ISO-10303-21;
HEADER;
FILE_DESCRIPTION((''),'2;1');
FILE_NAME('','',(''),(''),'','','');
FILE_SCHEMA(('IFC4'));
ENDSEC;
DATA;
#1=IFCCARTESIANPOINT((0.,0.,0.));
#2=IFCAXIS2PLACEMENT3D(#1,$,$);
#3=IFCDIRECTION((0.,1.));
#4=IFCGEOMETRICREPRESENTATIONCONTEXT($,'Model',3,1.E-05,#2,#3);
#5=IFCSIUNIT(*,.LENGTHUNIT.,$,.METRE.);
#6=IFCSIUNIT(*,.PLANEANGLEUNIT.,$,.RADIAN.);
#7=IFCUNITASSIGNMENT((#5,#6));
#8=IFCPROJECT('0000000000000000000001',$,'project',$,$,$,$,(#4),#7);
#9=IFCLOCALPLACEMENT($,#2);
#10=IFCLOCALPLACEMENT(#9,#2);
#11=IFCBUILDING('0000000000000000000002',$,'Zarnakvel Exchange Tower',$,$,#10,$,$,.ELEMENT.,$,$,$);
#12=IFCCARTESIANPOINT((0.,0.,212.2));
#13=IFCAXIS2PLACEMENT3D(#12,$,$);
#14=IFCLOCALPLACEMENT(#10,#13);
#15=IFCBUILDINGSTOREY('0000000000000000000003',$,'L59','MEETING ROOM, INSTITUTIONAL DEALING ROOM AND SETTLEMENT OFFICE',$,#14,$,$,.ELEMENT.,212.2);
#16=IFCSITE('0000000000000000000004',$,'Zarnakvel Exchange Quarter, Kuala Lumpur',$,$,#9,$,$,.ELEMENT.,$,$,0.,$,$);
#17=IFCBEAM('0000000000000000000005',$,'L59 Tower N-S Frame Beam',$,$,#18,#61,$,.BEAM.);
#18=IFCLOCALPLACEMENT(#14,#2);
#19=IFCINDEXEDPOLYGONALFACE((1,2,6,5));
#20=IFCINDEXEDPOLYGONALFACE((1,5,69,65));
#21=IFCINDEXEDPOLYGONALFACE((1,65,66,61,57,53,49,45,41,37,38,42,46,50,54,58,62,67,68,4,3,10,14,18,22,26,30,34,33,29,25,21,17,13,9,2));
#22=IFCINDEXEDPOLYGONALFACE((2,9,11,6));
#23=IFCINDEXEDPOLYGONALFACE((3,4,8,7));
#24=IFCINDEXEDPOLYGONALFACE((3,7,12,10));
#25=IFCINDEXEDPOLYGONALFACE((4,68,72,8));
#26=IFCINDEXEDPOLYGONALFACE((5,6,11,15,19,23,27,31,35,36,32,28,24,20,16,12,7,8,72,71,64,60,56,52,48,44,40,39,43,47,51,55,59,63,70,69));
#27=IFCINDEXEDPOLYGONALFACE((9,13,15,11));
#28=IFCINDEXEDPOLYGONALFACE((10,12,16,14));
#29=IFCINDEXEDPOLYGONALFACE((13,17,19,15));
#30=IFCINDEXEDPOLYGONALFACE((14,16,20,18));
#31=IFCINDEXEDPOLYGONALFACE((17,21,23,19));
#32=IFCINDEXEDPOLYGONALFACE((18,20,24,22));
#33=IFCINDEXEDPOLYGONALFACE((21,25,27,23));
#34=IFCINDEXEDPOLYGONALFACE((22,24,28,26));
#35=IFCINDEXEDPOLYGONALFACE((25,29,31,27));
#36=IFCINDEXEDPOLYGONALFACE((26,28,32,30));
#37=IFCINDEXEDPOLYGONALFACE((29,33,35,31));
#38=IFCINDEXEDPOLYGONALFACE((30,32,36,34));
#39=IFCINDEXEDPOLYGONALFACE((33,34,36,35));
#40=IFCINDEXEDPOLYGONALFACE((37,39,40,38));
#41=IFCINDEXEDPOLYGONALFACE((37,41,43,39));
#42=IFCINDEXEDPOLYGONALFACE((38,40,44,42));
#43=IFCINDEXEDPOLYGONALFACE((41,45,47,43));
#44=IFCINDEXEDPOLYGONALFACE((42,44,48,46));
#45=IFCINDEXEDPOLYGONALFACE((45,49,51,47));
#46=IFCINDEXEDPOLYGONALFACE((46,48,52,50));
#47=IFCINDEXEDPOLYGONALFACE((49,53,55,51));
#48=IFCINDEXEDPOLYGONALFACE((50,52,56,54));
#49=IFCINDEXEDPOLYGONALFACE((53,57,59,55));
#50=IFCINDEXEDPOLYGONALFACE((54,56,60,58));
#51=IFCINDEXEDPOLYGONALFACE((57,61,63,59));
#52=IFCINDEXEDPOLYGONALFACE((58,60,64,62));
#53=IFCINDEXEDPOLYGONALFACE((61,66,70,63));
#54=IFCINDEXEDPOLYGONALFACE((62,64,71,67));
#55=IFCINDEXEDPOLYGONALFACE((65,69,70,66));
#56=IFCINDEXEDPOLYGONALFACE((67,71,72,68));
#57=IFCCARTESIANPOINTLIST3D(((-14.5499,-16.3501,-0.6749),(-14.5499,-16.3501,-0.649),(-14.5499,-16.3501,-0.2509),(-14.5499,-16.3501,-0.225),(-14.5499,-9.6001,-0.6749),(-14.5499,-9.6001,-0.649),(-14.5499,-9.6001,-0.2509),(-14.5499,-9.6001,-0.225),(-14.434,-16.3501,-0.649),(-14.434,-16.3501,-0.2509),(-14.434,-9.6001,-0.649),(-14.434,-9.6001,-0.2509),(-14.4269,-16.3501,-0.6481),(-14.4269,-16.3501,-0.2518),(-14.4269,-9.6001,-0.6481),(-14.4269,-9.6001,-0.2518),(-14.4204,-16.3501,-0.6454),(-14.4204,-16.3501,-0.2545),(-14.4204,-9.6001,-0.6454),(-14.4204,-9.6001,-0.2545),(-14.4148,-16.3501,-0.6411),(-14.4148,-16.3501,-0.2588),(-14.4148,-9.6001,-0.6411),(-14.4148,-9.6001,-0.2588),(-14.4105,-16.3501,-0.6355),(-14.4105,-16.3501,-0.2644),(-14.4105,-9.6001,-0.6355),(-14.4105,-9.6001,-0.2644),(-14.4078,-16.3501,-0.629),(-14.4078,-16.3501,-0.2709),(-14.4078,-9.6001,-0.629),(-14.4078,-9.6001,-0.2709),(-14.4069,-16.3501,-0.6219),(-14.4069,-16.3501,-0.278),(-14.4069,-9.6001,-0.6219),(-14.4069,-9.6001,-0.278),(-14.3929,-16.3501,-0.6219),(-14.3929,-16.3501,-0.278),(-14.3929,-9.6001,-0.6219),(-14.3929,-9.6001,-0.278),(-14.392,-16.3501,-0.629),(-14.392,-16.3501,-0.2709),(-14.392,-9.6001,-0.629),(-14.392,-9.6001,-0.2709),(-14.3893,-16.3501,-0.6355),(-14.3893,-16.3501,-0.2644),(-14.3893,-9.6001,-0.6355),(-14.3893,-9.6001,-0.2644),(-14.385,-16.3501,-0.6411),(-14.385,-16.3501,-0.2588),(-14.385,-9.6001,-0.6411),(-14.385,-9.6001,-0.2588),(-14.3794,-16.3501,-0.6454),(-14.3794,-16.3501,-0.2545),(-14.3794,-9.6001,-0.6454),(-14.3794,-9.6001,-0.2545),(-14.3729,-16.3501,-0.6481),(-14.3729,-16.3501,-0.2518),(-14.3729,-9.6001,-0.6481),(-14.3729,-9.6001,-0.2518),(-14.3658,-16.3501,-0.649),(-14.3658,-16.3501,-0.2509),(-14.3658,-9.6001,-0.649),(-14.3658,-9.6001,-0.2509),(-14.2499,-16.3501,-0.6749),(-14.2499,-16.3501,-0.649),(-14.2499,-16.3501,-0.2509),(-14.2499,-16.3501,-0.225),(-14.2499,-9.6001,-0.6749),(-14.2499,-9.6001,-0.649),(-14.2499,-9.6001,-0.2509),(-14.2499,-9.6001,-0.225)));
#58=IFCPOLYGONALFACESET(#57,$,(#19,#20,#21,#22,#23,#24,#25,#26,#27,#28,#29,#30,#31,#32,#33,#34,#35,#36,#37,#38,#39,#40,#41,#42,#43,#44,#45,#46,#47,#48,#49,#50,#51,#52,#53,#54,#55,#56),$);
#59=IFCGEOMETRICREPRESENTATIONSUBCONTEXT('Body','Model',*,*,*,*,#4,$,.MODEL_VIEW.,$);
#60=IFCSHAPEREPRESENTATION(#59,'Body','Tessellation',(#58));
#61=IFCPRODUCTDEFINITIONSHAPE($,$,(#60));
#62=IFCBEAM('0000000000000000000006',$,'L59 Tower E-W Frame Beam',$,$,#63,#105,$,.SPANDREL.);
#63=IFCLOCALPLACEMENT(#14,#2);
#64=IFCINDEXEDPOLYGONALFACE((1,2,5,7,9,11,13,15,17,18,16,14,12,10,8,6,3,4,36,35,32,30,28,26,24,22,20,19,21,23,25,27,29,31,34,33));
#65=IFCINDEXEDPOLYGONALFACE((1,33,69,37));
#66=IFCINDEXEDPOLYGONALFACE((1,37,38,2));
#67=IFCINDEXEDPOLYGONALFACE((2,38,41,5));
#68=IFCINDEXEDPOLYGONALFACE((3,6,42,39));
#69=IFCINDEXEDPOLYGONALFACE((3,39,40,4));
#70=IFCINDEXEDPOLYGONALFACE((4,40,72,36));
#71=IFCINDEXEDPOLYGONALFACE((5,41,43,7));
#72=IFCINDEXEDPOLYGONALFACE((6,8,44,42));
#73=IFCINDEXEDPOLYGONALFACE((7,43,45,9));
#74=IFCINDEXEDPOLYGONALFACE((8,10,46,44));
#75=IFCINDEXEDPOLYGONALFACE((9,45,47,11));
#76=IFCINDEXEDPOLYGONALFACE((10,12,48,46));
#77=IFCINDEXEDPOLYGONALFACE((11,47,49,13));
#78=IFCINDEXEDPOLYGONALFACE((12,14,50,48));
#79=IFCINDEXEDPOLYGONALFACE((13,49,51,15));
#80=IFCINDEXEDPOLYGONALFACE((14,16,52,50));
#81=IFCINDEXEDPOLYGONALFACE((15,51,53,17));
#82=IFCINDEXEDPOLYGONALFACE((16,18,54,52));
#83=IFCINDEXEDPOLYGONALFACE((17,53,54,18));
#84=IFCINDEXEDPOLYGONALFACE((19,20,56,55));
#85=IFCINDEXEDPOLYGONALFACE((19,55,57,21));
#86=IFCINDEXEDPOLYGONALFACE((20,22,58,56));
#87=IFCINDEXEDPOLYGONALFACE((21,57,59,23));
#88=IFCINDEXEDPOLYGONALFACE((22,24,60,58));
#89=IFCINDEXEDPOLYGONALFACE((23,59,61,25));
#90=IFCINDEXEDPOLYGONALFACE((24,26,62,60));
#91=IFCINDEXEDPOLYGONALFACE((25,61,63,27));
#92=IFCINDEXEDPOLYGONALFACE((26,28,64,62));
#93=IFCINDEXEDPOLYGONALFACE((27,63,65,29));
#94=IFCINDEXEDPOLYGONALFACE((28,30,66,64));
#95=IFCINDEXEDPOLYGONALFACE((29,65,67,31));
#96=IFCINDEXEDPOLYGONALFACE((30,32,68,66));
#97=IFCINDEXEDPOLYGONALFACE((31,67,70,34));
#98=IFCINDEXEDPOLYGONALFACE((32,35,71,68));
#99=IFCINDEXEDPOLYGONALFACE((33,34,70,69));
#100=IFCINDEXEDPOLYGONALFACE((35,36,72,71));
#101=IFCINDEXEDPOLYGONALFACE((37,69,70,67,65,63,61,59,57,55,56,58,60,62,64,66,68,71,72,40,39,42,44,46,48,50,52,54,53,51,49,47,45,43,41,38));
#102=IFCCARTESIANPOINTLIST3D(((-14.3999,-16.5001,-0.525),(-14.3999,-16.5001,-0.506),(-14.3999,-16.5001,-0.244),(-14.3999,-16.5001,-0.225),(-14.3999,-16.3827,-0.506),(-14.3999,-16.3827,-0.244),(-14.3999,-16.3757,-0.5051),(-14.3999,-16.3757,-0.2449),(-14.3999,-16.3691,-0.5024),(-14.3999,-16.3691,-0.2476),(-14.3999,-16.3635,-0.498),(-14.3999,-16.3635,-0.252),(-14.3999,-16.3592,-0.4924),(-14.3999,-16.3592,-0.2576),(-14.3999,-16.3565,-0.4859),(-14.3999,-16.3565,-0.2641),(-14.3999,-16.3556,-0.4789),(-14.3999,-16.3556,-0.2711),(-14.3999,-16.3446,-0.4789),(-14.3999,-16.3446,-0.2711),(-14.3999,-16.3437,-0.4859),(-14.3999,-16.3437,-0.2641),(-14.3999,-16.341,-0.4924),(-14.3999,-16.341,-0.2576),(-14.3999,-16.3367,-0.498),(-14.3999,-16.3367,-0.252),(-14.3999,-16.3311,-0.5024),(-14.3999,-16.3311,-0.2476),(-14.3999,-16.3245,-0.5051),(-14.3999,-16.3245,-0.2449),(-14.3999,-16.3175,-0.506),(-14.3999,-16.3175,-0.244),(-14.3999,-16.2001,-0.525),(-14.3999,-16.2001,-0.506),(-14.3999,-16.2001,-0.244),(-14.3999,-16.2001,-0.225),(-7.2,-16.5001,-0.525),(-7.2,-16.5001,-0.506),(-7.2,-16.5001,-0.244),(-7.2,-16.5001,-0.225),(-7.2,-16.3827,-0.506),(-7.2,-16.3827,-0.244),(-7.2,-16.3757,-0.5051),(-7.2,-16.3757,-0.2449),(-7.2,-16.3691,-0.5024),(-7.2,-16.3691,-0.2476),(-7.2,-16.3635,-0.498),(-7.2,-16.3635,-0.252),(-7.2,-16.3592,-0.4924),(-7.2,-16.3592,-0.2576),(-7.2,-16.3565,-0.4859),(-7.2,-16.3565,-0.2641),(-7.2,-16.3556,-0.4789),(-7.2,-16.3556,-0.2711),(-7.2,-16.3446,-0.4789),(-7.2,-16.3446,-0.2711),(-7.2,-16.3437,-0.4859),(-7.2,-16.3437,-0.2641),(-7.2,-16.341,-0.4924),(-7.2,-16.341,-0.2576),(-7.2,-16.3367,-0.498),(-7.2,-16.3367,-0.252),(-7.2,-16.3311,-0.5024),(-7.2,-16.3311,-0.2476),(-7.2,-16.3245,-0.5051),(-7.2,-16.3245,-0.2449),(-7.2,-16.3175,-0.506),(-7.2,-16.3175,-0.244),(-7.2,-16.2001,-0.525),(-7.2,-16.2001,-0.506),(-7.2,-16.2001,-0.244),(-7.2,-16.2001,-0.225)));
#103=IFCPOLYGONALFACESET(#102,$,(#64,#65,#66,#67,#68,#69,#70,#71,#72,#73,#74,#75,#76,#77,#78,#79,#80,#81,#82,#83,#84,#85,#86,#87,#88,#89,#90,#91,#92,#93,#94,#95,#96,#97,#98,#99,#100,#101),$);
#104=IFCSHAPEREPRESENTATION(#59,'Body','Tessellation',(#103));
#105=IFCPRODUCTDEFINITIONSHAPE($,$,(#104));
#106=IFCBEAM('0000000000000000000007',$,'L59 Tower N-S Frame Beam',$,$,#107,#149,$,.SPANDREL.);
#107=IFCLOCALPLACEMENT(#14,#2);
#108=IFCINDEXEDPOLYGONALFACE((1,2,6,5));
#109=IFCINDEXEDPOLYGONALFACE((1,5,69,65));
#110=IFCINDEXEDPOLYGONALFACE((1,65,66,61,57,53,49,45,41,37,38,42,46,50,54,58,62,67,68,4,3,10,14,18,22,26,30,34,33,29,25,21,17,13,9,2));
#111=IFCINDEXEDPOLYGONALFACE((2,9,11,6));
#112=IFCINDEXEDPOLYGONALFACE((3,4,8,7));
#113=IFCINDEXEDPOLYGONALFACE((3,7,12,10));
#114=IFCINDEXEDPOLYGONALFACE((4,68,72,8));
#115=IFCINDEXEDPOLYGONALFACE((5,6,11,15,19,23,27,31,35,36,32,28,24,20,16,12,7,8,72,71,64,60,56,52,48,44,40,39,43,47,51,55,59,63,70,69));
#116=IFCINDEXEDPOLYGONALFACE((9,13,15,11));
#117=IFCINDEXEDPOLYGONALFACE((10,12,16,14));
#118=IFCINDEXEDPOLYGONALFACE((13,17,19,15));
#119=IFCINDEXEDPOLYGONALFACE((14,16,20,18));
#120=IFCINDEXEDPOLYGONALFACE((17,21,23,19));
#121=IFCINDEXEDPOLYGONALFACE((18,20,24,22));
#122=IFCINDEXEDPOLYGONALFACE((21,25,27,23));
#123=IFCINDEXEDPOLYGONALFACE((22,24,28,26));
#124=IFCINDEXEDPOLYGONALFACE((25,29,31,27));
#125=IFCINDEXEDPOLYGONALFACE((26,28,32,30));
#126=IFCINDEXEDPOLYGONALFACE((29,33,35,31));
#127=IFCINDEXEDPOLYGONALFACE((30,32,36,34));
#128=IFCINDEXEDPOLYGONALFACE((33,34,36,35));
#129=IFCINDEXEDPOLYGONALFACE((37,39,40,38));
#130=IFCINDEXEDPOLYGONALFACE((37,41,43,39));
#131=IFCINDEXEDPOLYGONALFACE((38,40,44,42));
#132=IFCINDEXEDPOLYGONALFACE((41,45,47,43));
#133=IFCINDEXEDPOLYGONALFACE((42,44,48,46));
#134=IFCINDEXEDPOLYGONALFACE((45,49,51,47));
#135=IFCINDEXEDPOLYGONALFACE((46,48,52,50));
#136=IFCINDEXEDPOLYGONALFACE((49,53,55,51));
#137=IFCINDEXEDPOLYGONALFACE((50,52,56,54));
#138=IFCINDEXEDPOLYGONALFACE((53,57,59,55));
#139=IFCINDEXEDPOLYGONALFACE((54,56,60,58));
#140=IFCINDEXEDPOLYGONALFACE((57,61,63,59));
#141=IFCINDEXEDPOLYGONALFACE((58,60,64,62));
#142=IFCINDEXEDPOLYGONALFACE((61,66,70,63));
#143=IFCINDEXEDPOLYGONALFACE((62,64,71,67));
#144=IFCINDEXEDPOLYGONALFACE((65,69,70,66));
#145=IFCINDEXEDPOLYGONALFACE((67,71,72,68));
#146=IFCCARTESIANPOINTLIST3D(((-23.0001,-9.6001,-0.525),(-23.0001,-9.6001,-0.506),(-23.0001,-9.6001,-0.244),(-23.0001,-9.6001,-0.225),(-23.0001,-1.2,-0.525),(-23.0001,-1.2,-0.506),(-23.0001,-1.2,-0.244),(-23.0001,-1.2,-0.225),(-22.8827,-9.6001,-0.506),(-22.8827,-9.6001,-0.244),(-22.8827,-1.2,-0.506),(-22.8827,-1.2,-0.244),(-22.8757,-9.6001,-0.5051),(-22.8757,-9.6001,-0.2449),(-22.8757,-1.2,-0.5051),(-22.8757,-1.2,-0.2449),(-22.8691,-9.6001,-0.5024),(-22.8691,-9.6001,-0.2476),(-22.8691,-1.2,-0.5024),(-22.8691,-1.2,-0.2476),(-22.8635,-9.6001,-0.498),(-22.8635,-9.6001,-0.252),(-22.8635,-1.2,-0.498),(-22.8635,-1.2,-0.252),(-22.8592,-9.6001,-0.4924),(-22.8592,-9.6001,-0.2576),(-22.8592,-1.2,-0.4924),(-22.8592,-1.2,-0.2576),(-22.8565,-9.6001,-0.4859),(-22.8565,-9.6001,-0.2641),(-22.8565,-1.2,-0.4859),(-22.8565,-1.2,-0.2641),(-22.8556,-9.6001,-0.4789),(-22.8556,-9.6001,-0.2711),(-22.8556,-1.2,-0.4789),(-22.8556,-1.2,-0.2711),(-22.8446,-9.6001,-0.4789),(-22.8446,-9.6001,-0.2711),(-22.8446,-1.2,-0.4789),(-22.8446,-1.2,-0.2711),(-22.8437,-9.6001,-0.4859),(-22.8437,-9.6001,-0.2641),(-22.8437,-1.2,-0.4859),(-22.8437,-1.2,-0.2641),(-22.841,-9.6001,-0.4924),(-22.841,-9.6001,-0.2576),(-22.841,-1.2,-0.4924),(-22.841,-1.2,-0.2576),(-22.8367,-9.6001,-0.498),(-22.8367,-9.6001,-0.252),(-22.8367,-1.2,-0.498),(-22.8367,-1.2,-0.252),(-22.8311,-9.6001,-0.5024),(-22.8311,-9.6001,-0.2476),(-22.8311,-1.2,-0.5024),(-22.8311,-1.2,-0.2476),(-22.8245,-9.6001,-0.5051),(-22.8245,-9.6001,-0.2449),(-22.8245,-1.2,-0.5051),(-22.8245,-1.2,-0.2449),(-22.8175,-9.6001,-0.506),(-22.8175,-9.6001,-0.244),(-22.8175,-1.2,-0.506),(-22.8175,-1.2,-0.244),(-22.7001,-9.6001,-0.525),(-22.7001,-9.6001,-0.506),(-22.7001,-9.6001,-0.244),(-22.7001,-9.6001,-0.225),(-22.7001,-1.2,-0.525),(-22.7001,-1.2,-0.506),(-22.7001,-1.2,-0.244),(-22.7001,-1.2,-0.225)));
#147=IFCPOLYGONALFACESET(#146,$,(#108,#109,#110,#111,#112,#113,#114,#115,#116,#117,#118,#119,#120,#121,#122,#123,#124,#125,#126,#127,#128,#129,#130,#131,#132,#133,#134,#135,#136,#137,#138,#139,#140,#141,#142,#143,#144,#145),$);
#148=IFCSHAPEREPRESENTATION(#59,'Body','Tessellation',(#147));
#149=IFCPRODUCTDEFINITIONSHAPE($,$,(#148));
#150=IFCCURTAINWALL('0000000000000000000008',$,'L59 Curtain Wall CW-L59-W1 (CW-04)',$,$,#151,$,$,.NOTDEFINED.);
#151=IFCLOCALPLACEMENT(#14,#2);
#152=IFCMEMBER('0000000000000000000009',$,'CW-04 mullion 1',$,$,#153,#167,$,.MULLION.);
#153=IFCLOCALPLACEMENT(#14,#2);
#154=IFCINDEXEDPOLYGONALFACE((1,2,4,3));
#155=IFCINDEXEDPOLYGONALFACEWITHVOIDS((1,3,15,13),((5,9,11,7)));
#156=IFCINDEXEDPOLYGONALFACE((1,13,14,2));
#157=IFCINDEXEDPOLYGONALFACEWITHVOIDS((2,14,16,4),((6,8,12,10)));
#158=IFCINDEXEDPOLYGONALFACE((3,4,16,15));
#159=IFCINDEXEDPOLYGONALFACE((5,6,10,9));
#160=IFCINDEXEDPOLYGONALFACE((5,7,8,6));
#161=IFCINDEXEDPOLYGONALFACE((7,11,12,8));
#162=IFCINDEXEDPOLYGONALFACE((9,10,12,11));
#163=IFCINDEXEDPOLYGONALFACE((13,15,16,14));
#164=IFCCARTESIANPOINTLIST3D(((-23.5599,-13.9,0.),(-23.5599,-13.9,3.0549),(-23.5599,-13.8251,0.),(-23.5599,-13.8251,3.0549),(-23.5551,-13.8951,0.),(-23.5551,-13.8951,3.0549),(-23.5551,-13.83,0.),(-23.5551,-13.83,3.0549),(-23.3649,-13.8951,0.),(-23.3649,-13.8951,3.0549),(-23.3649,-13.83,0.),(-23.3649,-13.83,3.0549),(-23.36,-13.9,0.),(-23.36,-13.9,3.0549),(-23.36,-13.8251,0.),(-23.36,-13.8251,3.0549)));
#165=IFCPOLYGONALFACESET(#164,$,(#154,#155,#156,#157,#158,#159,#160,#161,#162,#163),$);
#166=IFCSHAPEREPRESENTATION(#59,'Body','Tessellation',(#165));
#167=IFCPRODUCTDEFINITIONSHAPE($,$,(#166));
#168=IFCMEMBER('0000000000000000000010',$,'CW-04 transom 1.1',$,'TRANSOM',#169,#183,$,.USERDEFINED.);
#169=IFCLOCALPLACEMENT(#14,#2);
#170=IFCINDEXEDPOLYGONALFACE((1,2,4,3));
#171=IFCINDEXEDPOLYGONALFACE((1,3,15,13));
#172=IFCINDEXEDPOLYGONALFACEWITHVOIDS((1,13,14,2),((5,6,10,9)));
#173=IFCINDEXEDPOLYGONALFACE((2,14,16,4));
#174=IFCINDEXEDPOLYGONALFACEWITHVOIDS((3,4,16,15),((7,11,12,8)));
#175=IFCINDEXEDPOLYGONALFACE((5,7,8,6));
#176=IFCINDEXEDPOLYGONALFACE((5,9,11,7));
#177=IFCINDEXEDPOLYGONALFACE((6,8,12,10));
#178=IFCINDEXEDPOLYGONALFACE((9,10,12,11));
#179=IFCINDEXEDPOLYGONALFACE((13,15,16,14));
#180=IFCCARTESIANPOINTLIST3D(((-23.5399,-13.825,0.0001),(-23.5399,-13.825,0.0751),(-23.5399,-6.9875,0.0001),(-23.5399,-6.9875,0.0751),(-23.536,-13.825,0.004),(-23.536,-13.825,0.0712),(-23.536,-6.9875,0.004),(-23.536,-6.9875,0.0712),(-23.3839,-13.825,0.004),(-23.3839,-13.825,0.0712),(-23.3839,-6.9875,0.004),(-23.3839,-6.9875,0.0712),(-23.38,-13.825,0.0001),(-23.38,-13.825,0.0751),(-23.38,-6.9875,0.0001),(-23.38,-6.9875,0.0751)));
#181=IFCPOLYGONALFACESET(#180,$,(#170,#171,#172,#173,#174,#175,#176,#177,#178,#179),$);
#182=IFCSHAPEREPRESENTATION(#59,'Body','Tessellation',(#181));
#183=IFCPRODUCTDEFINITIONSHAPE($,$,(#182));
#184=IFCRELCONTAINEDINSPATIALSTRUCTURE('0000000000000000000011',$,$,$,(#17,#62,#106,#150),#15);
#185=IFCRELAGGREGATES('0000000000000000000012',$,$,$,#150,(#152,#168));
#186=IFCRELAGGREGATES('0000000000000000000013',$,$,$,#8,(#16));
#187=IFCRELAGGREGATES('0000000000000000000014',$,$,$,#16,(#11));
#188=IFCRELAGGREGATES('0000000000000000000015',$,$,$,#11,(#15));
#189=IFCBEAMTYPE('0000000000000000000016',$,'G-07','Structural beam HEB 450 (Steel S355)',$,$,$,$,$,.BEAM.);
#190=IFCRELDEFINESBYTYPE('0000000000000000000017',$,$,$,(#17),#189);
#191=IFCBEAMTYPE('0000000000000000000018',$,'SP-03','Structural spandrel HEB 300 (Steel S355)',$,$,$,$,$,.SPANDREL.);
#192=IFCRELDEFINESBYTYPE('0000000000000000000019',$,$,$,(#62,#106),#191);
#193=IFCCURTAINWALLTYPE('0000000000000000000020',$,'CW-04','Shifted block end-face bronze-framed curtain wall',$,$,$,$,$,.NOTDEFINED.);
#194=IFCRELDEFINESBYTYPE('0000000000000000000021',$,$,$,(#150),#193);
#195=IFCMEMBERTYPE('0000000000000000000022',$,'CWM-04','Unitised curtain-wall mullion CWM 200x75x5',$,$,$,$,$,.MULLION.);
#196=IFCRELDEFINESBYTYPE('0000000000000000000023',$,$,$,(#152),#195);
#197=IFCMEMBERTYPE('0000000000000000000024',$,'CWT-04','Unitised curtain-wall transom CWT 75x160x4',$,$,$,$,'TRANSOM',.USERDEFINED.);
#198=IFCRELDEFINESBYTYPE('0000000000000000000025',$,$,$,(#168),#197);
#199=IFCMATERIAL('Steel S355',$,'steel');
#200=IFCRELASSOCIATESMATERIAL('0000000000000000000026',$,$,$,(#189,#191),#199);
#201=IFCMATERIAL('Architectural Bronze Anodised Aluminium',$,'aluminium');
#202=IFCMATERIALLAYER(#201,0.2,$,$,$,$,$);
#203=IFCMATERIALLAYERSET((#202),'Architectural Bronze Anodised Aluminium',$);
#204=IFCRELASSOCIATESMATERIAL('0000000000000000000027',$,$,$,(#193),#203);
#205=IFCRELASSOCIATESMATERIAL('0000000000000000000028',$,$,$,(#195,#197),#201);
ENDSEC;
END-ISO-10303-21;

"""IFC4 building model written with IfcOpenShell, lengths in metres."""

from ifc_helpers import new_model, si_unit, direction, frame, origin, origin_2d, place, context, subcontext, project, spatial, hollow_rectangle, i_section, extrude, source, transform, mapped, material, layer, layer_set, material_profile, profile_set, type_object, element, aggregate, save


model = new_model("IFC4")

# Units and contexts
model_context = context("Model", 3, precision=1e-05, world=origin(), true_north=direction((0.0, 1.0)))
body_context = subcontext(model_context, "Body", "Model", "MODEL_VIEW")
ifc_project = project(units=[si_unit("LENGTHUNIT", "METRE"), si_unit("PLANEANGLEUNIT", "RADIAN")], contexts=[model_context])

# Site, building, storey
site_placement = place(None, origin())
site = spatial("IfcSite", under=ifc_project, at=site_placement, Name="Zarnakvel Exchange Quarter, Kuala Lumpur", CompositionType="ELEMENT", RefElevation=0.0)
building_placement = place(site_placement, origin())
building = spatial("IfcBuilding", under=site, at=building_placement, Name="Zarnakvel Exchange Tower", CompositionType="ELEMENT")
storey_placement = place(building_placement, frame((0.0, 0.0, 212.2)))
storey = spatial("IfcBuildingStorey", under=building, at=storey_placement, Name="L59", Description="MEETING ROOM, INSTITUTIONAL DEALING ROOM AND SETTLEMENT OFFICE", CompositionType="ELEMENT", Elevation=212.2)

# Shared definitions
ifc_material_1 = material(Name="Steel S355", Category="steel")

# Beams
ifc_material_profile_1 = material_profile(ifc_material_1, i_section(OverallWidth=0.3, OverallDepth=0.45, WebThickness=0.0139, FlangeThickness=0.0259, FilletRadius=0.0271, at=origin_2d()))
ifc_profile_set_1 = profile_set([ifc_material_profile_1], Name="Steel S355")
beam_type_1 = type_object("IfcBeamType", Name="G-07", Description="Structural beam HEB 450 (Steel S355)", PredefinedType="BEAM", material=ifc_profile_set_1)
beam_1_placement = place(storey_placement, frame((-14.3999, -16.3501, -0.45), z_axis=(0.0, 1.0, 0.0), x_axis=(-1.0, 0.0, 0.0)))
element("IfcBeam", 1, at=beam_1_placement, inside=storey, type_object=beam_type_1, Name="L59 Tower N-S Frame Beam", PredefinedType="BEAM", context=body_context, shape_type="SweptSolid", body=[
    extrude(i_section(OverallWidth=0.3, OverallDepth=0.45, WebThickness=0.0139, FlangeThickness=0.0259, FilletRadius=0.0271, at=origin_2d()), origin(), (0.0, 0.0, 1.0), 6.75),
])
ifc_material_profile_2 = material_profile(ifc_material_1, i_section(OverallWidth=0.3, OverallDepth=0.3, WebThickness=0.011, FlangeThickness=0.019, FilletRadius=0.0271, at=origin_2d()))
ifc_profile_set_2 = profile_set([ifc_material_profile_2], Name="Steel S355")
beam_type_2 = type_object("IfcBeamType", Name="SP-03", Description="Structural spandrel HEB 300 (Steel S355)", PredefinedType="SPANDREL", material=ifc_profile_set_2)
beam_2_placement = place(storey_placement, frame((-14.3999, -16.3501, -0.375), z_axis=(1.0, 0.0, 0.0), x_axis=(0.0, 1.0, 0.0)))
element("IfcBeam", 2, at=beam_2_placement, inside=storey, type_object=beam_type_2, Name="L59 Tower E-W Frame Beam", PredefinedType="SPANDREL", context=body_context, shape_type="SweptSolid", body=[
    extrude(i_section(OverallWidth=0.3, OverallDepth=0.3, WebThickness=0.011, FlangeThickness=0.019, FilletRadius=0.0271, at=origin_2d()), origin(), (0.0, 0.0, 1.0), 7.2),
])
beam_3_placement = place(storey_placement, frame((-22.8501, -9.6001, -0.375), z_axis=(0.0, 1.0, 0.0), x_axis=(-1.0, 0.0, 0.0)))
element("IfcBeam", 3, at=beam_3_placement, inside=storey, type_object=beam_type_2, Name="L59 Tower N-S Frame Beam", PredefinedType="SPANDREL", context=body_context, shape_type="SweptSolid", body=[
    extrude(i_section(OverallWidth=0.3, OverallDepth=0.3, WebThickness=0.011, FlangeThickness=0.019, FilletRadius=0.0271, at=origin_2d()), origin(), (0.0, 0.0, 1.0), 8.4001),
])

# Curtain wall, members
ifc_material_2 = material(Name="Architectural Bronze Anodised Aluminium", Category="aluminium")
ifc_layer_1 = layer(ifc_material_2, 0.2)
ifc_layer_set_1 = layer_set([ifc_layer_1], Name="Architectural Bronze Anodised Aluminium")
curtain_wall_type = type_object("IfcCurtainWallType", Name="CW-04", Description="Shifted block end-face bronze-framed curtain wall", PredefinedType="NOTDEFINED", material=ifc_layer_set_1)
curtain_wall_placement = place(storey_placement, origin())
curtain_wall = element("IfcCurtainWall", 4, at=curtain_wall_placement, inside=storey, type_object=curtain_wall_type, Name="L59 Curtain Wall CW-L59-W1 (CW-04)", PredefinedType="NOTDEFINED")
ifc_material_profile_3 = material_profile(ifc_material_2, hollow_rectangle(XDim=0.2, YDim=0.075, WallThickness=0.0049, at=origin_2d()))
ifc_profile_set_3 = profile_set([ifc_material_profile_3], Name="Architectural Bronze Anodised Aluminium")
member_type_1 = type_object("IfcMemberType", Name="CWM-04", Description="Unitised curtain-wall mullion CWM 200x75x5", PredefinedType="MULLION", material=ifc_profile_set_3)
shared_shape_1 = source(origin(), body_context, "Body", "SweptSolid", [
    extrude(hollow_rectangle(XDim=0.2, YDim=0.075, WallThickness=0.0049, at=origin_2d()), origin(), (0.0, 0.0, 1.0), 3.0549),
])
member_1_placement = place(storey_placement, frame((-23.46, -13.8625, 0.0), z_axis=(0.0, 0.0, 1.0), x_axis=(-1.0, 0.0, 0.0)))
member_1 = element("IfcMember", 5, at=member_1_placement, type_object=member_type_1, Name="CW-04 mullion 1", PredefinedType="MULLION", context=body_context, shape_type="MappedRepresentation", body=[
    mapped(shared_shape_1, transform((0.0, 0.0, 0.0), x_axis=(1.0, 0.0, 0.0), y_axis=(0.0, 1.0, 0.0), z_axis=(0.0, 0.0, 1.0), scale=1.0)),
])
ifc_material_profile_4 = material_profile(ifc_material_2, hollow_rectangle(XDim=0.1599, YDim=0.075, WallThickness=0.0039, at=origin_2d()))
ifc_profile_set_4 = profile_set([ifc_material_profile_4], Name="Architectural Bronze Anodised Aluminium")
member_type_2 = type_object("IfcMemberType", Name="CWT-04", Description="Unitised curtain-wall transom CWT 75x160x4", ElementType="TRANSOM", PredefinedType="USERDEFINED", material=ifc_profile_set_4)
shared_shape_2 = source(origin(), body_context, "Body", "SweptSolid", [
    extrude(hollow_rectangle(XDim=0.1599, YDim=0.075, WallThickness=0.0039, at=origin_2d()), origin(), (0.0, 0.0, 1.0), 6.8374),
])
member_2_placement = place(storey_placement, frame((-23.46, -13.825, 0.0376), z_axis=(0.0, 1.0, 0.0), x_axis=(-1.0, 0.0, 0.0)))
member_2 = element("IfcMember", 6, at=member_2_placement, type_object=member_type_2, Name="CW-04 transom 1.1", ObjectType="TRANSOM", PredefinedType="USERDEFINED", context=body_context, shape_type="MappedRepresentation", body=[
    mapped(shared_shape_2, transform((0.0, 0.0, 0.0), x_axis=(1.0, 0.0, 0.0), y_axis=(0.0, 1.0, 0.0), z_axis=(0.0, 0.0, 1.0), scale=1.0)),
])
aggregate(curtain_wall, [member_1, member_2])

save(model, "model.ifc")
